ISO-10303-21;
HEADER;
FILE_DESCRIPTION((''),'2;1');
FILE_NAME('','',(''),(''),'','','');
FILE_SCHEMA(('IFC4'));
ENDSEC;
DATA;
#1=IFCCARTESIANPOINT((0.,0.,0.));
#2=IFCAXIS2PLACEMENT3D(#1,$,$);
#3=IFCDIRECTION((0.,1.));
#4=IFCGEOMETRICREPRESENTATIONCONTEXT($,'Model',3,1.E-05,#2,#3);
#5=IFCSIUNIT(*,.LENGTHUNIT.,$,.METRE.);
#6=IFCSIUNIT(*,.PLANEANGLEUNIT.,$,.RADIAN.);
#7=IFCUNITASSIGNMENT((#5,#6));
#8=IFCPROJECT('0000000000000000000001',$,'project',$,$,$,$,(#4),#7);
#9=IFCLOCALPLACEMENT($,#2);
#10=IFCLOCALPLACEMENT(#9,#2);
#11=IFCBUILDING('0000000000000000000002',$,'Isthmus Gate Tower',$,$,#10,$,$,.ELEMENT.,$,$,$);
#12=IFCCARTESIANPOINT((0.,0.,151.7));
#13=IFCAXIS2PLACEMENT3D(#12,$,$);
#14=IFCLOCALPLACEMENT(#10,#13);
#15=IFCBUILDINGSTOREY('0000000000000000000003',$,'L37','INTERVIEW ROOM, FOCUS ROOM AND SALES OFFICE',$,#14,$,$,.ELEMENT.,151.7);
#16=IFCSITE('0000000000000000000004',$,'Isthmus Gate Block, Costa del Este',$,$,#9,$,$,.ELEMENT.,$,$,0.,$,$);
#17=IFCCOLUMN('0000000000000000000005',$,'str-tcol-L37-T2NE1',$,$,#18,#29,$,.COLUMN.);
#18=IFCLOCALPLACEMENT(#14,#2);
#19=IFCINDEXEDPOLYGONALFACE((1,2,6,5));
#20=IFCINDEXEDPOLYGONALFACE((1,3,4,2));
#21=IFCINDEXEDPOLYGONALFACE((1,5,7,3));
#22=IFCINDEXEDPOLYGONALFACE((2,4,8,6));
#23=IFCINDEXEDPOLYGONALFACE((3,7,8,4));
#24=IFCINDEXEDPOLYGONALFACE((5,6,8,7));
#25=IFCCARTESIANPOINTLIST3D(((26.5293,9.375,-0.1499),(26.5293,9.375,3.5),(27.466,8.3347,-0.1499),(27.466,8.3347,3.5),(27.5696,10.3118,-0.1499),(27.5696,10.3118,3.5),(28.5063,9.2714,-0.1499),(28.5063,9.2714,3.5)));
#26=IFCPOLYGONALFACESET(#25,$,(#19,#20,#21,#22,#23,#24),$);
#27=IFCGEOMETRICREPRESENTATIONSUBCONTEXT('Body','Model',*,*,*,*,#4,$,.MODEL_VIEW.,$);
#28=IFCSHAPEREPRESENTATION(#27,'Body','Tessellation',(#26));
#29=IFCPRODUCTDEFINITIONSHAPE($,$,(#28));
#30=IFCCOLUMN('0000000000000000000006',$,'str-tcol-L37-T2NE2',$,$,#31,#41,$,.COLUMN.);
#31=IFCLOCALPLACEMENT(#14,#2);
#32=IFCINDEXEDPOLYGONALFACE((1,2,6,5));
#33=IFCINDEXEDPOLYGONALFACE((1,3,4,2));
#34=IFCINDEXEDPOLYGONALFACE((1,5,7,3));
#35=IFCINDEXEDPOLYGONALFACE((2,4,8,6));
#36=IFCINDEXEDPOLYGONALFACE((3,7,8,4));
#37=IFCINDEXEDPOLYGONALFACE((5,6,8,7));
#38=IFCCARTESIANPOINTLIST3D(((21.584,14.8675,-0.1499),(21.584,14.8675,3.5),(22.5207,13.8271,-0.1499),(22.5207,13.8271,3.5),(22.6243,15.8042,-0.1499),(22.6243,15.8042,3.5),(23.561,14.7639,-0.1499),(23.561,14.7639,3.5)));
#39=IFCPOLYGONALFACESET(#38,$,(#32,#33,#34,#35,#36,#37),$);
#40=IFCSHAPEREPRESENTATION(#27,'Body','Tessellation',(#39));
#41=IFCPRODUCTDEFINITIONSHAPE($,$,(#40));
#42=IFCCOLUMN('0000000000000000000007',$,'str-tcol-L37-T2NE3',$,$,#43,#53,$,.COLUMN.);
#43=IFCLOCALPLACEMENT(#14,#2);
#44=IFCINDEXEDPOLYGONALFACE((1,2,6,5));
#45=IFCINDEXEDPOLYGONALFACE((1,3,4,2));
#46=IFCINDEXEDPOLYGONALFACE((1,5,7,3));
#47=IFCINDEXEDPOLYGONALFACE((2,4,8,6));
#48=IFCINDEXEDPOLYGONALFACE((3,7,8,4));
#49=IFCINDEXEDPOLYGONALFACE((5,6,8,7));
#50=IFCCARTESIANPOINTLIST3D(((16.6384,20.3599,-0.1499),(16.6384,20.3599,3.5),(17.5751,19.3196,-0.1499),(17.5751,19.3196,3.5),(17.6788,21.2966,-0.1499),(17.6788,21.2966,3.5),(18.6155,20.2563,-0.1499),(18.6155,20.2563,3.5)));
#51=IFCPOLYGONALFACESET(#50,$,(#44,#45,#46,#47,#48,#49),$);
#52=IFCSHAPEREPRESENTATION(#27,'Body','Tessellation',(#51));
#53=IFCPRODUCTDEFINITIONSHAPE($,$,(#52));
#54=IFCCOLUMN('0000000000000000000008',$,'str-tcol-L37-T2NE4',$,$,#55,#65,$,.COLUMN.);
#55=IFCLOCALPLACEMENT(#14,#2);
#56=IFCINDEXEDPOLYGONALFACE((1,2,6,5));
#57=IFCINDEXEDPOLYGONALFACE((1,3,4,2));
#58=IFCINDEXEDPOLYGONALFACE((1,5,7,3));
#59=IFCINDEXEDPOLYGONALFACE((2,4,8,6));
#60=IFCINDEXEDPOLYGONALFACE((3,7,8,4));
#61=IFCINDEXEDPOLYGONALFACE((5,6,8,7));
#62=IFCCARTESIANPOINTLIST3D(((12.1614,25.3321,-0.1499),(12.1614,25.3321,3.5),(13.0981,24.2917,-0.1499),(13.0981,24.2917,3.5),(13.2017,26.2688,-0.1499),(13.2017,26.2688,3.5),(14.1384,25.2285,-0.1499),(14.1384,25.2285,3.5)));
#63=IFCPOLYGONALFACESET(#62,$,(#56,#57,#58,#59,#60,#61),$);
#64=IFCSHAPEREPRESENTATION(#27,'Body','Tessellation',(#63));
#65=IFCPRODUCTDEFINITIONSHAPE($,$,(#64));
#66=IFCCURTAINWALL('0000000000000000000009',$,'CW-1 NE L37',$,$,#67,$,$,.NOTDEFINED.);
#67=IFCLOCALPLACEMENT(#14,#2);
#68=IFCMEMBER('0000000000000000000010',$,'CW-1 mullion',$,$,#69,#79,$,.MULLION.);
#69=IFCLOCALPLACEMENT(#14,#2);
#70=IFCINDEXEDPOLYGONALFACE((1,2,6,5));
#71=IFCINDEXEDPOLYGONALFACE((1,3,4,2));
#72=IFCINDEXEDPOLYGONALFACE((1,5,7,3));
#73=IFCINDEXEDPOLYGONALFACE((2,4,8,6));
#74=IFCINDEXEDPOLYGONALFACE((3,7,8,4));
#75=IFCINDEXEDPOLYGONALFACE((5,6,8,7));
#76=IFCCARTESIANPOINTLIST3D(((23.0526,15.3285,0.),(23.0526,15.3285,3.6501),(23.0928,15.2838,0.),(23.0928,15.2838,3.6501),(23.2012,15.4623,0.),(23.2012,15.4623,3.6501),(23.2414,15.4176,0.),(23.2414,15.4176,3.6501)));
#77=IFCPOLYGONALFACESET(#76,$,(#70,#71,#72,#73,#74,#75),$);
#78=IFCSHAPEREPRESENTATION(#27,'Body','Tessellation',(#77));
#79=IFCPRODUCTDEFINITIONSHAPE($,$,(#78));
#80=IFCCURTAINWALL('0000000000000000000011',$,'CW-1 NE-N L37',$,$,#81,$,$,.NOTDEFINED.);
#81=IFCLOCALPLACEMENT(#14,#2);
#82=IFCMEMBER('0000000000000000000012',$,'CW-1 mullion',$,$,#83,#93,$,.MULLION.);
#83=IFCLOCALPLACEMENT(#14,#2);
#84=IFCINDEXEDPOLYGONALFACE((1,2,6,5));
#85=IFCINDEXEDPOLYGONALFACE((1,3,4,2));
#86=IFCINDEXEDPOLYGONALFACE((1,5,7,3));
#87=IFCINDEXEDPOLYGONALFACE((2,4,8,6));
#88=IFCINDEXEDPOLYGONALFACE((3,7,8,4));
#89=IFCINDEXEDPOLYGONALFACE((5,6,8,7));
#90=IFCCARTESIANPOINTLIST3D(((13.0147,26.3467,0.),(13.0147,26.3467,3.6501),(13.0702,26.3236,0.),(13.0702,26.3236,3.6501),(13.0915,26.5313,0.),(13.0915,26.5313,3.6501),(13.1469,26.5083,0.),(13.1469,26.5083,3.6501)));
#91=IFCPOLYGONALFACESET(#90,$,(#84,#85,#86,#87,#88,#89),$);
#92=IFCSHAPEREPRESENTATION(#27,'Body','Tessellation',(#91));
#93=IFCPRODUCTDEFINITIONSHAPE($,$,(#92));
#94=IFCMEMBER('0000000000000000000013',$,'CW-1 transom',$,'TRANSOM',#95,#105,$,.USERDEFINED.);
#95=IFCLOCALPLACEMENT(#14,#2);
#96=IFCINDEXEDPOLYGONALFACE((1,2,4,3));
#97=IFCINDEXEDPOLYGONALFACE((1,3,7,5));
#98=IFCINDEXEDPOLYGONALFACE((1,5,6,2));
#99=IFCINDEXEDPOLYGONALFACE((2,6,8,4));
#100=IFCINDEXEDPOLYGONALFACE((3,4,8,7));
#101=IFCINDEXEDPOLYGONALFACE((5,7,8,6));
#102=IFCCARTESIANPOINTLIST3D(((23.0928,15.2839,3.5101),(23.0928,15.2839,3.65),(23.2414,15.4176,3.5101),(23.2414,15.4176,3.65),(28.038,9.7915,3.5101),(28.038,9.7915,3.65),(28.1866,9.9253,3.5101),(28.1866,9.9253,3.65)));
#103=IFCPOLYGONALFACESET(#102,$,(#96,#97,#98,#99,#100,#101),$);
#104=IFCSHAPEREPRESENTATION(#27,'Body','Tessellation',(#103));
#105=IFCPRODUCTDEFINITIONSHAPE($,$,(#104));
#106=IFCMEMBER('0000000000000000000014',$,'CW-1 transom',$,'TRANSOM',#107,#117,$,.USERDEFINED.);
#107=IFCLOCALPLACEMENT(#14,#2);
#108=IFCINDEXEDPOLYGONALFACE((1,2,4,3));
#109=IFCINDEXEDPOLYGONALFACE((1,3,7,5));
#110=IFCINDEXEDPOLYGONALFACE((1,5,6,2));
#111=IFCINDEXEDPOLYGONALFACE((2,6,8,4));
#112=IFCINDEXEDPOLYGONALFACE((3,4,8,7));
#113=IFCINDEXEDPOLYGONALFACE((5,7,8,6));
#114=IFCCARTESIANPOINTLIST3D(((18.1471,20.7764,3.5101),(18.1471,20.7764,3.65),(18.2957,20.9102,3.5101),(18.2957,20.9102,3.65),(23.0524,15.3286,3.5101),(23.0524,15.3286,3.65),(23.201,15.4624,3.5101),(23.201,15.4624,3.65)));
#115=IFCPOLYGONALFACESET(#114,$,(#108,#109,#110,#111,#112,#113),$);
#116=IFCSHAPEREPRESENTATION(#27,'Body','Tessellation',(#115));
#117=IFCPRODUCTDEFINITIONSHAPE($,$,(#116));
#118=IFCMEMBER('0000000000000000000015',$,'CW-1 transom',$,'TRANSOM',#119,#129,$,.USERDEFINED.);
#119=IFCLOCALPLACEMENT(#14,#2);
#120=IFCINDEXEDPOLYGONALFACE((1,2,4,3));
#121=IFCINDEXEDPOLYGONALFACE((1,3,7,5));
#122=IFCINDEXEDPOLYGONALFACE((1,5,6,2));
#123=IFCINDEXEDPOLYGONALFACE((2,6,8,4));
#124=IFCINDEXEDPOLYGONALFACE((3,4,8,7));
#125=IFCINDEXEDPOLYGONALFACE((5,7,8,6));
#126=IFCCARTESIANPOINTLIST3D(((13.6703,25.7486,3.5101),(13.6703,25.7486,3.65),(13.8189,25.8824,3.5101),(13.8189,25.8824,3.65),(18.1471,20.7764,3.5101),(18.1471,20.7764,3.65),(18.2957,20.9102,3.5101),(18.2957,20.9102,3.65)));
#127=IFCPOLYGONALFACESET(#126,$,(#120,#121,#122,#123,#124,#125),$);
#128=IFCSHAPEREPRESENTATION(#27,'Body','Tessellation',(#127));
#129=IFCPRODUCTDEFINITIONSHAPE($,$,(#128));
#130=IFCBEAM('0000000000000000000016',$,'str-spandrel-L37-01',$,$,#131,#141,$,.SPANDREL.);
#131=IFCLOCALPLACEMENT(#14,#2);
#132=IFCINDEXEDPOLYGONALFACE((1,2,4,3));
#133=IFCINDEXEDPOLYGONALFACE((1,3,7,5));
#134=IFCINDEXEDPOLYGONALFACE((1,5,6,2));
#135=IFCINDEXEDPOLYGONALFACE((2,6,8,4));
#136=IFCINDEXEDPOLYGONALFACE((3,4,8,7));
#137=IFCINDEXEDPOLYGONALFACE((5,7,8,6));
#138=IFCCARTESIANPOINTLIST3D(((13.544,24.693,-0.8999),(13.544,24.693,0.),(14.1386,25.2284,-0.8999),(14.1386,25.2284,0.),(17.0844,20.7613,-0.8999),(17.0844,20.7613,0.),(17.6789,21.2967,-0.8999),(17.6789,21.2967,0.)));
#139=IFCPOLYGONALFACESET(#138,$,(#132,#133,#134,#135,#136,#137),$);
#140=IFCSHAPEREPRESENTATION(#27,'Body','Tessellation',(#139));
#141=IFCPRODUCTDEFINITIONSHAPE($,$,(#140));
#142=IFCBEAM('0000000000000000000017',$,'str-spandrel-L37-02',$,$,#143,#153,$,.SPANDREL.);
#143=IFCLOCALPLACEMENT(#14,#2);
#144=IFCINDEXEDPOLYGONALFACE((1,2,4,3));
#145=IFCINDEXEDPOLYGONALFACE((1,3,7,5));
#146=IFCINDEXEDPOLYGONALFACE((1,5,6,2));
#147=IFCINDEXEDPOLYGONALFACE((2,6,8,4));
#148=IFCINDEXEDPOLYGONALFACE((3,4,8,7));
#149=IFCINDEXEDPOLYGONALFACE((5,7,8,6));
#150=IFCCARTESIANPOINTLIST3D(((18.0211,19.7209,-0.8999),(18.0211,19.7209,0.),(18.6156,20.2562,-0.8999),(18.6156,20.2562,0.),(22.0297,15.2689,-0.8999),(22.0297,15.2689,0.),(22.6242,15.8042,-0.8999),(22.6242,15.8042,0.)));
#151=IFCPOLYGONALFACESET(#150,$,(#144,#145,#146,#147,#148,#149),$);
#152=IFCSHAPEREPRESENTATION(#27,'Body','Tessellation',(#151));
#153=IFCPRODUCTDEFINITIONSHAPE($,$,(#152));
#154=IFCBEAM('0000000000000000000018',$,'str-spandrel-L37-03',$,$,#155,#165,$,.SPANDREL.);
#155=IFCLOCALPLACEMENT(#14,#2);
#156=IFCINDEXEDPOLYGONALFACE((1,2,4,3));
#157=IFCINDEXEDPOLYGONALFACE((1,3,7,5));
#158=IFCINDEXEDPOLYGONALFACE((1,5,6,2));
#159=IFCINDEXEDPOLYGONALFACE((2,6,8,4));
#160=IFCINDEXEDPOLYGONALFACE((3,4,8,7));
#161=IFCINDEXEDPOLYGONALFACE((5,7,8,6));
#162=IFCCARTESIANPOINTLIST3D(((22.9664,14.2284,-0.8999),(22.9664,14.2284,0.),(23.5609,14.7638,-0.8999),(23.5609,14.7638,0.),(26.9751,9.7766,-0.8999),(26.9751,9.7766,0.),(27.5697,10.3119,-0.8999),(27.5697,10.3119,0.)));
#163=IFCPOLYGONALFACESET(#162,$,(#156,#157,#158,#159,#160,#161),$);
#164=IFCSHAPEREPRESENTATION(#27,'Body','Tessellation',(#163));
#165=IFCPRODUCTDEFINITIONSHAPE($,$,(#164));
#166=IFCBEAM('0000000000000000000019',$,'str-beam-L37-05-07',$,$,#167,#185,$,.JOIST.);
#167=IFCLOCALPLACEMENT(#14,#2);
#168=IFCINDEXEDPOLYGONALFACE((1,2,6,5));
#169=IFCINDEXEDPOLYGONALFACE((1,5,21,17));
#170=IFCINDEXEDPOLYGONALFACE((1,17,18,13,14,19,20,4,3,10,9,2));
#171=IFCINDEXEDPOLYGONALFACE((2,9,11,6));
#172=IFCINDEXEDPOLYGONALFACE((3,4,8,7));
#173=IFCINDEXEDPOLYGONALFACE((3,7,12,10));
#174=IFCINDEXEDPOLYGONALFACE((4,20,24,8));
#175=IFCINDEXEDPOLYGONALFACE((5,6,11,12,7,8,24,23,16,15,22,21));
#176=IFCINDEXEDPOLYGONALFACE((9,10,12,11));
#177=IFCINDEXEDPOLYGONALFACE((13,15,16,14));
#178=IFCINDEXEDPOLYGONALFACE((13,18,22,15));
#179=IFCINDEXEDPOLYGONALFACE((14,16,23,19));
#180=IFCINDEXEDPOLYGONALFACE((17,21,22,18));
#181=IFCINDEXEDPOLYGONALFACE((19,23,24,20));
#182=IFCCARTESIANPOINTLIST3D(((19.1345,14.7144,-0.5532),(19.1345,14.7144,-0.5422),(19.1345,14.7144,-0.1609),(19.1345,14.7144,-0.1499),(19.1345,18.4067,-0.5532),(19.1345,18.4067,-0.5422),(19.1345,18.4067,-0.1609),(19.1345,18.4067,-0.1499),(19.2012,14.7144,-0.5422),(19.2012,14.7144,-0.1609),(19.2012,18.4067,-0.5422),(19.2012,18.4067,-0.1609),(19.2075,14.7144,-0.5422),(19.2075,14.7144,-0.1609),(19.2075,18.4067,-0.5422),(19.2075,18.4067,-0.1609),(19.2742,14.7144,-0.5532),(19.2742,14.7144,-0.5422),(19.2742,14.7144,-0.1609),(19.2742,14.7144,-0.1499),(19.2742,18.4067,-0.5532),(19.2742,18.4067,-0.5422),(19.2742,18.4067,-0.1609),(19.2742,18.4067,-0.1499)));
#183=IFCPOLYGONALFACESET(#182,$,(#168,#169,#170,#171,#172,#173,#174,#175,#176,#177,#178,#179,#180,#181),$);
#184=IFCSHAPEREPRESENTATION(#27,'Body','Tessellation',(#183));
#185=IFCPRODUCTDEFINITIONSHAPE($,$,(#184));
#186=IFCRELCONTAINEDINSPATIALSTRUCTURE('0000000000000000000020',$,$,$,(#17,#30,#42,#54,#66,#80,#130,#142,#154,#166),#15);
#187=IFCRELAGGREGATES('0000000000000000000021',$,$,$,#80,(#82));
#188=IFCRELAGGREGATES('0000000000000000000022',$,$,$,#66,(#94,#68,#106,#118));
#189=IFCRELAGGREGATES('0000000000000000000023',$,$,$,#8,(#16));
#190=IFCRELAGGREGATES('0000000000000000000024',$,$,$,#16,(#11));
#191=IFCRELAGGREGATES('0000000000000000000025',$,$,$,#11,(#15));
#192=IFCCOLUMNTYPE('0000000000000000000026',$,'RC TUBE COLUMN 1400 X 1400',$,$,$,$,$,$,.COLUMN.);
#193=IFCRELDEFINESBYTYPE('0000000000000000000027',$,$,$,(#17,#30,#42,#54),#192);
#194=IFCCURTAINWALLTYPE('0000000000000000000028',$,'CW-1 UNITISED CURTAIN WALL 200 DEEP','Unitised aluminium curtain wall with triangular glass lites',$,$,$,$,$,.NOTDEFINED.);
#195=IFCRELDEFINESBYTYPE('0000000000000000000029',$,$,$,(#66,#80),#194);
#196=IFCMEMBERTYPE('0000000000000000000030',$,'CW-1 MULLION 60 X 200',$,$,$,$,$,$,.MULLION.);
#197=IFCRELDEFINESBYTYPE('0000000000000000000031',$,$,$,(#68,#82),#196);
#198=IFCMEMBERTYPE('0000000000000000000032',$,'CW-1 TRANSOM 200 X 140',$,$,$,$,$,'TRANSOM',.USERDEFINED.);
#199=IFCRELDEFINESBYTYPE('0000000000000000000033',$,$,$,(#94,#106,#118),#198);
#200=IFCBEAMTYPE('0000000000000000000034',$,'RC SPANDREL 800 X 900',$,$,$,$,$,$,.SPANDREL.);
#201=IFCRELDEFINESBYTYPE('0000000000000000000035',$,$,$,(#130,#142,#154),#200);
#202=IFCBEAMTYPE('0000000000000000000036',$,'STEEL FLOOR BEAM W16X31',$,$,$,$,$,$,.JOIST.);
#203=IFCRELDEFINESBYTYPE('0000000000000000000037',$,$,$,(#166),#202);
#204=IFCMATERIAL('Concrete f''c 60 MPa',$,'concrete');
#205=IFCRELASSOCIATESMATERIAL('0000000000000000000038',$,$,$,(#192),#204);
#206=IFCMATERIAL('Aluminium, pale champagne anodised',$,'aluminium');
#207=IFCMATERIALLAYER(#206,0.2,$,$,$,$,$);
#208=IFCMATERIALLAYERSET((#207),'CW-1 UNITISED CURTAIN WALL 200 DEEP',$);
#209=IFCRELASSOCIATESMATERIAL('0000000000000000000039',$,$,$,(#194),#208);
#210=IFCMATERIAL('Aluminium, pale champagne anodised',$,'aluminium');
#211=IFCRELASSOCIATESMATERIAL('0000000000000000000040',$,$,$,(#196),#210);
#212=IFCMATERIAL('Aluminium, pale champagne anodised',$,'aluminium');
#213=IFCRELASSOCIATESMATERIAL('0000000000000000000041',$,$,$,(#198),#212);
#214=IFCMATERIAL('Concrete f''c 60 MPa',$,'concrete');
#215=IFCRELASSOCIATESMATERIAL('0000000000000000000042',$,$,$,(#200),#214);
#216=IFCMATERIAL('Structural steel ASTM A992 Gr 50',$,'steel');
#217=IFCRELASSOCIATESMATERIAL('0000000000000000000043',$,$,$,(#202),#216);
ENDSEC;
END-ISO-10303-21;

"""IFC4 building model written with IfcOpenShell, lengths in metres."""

from ifc_helpers import new_model, si_unit, direction, frame, origin, origin_2d, place, context, subcontext, project, spatial, rectangle, i_section, extrude, material, layer, layer_set, material_profile, profile_set, type_object, element, aggregate, save


model = new_model("IFC4")

# Units and contexts
model_context = context("Model", 3, precision=1e-05, world=origin(), true_north=direction((0.0, 1.0)))
body_context = subcontext(model_context, "Body", "Model", "MODEL_VIEW")
ifc_project = project(units=[si_unit("LENGTHUNIT", "METRE"), si_unit("PLANEANGLEUNIT", "RADIAN")], contexts=[model_context])

# Site, building, storey
site_placement = place(None, origin())
site = spatial("IfcSite", under=ifc_project, at=site_placement, Name="Isthmus Gate Block, Costa del Este", CompositionType="ELEMENT", RefElevation=0.0)
building_placement = place(site_placement, origin())
building = spatial("IfcBuilding", under=site, at=building_placement, Name="Isthmus Gate Tower", CompositionType="ELEMENT")
storey_placement = place(building_placement, frame((0.0, 0.0, 151.7)))
storey = spatial("IfcBuildingStorey", under=building, at=storey_placement, Name="L37", Description="INTERVIEW ROOM, FOCUS ROOM AND SALES OFFICE", CompositionType="ELEMENT", Elevation=151.7)

# Columns
ifc_material_1 = material(Name="Concrete f'c 60 MPa", Category="concrete")
ifc_material_profile_1 = material_profile(ifc_material_1, rectangle(XDim=1.3999, YDim=1.3999, at=origin_2d()), Name="RC 1400X1400")
ifc_profile_set_1 = profile_set([ifc_material_profile_1], Name="Concrete f'c 60 MPa")
column_type = type_object("IfcColumnType", Name="RC TUBE COLUMN 1400 X 1400", PredefinedType="COLUMN", material=ifc_profile_set_1)
for number, where, z_axis, x_axis, name in (
    (1, (27.5178, 9.3232, -0.1499), (0.0, 0.0, 1.0), (-0.669131, 0.743145, 0.0), "str-tcol-L37-T2NE1"),
    (2, (22.5725, 14.8157, -0.1499), (0.0, 0.0, 1.0), (-0.669131, 0.743145, 0.0), "str-tcol-L37-T2NE2"),
    (3, (17.627, 20.3081, -0.1499), (0.0, 0.0, 1.0), (-0.669131, 0.743145, 0.0), "str-tcol-L37-T2NE3"),
    (4, (13.1499, 25.2803, -0.1499), (0.0, 0.0, 1.0), (-0.669131, 0.743145, 0.0), "str-tcol-L37-T2NE4"),
):
    element("IfcColumn", number, at=place(storey_placement, frame(where, z_axis=z_axis, x_axis=x_axis)), inside=storey, type_object=column_type, Name=name, PredefinedType="COLUMN", context=body_context, shape_type="SweptSolid", body=[
        extrude(rectangle(XDim=1.3999, YDim=1.3999, at=origin_2d()), origin(), (0.0, 0.0, 1.0), 3.6499),
    ])

# Curtain walls, members
ifc_material_2 = material(Name="Aluminium, pale champagne anodised", Category="aluminium")
ifc_layer_1 = layer(ifc_material_2, 0.2)
ifc_layer_set_1 = layer_set([ifc_layer_1], Name="CW-1 UNITISED CURTAIN WALL 200 DEEP")
curtain_wall_type = type_object("IfcCurtainWallType", Name="CW-1 UNITISED CURTAIN WALL 200 DEEP", Description="Unitised aluminium curtain wall with triangular glass lites", PredefinedType="NOTDEFINED", material=ifc_layer_set_1)
curtain_wall_1_placement = place(storey_placement, origin())
curtain_wall_1 = element("IfcCurtainWall", 5, at=curtain_wall_1_placement, inside=storey, type_object=curtain_wall_type, Name="CW-1 NE L37", PredefinedType="NOTDEFINED")
ifc_material_3 = material(Name="Aluminium, pale champagne anodised", Category="aluminium")
ifc_material_profile_2 = material_profile(ifc_material_3, rectangle(XDim=0.0601, YDim=0.2, at=origin_2d()), Name="60x200")
ifc_profile_set_2 = profile_set([ifc_material_profile_2], Name="Aluminium, pale champagne anodised")
member_type_1 = type_object("IfcMemberType", Name="CW-1 MULLION 60 X 200", PredefinedType="MULLION", material=ifc_profile_set_2)
member_1_placement = place(storey_placement, frame((23.147, 15.373, 0.0), z_axis=(0.0, 0.0, 1.0), x_axis=(-0.669131, 0.743145, 0.0)))
member_1 = element("IfcMember", 6, at=member_1_placement, type_object=member_type_1, Name="CW-1 mullion", PredefinedType="MULLION", context=body_context, shape_type="SweptSolid", body=[
    extrude(rectangle(XDim=0.0601, YDim=0.2, at=origin_2d()), origin(), (0.0, 0.0, 1.0), 3.6501),
])
curtain_wall_2_placement = place(storey_placement, origin())
curtain_wall_2 = element("IfcCurtainWall", 7, at=curtain_wall_2_placement, inside=storey, type_object=curtain_wall_type, Name="CW-1 NE-N L37", PredefinedType="NOTDEFINED")
member_2_placement = place(storey_placement, frame((13.0808, 26.4275, 0.0), z_axis=(0.0, 0.0, 1.0), x_axis=(-0.923353, 0.383952, 0.0)))
member_2 = element("IfcMember", 8, at=member_2_placement, type_object=member_type_1, Name="CW-1 mullion", PredefinedType="MULLION", context=body_context, shape_type="SweptSolid", body=[
    extrude(rectangle(XDim=0.0601, YDim=0.2, at=origin_2d()), origin(), (0.0, 0.0, 1.0), 3.6501),
])
aggregate(curtain_wall_2, [member_2])

# Members
ifc_material_4 = material(Name="Aluminium, pale champagne anodised", Category="aluminium")
ifc_material_profile_3 = material_profile(ifc_material_4, rectangle(XDim=0.2, YDim=0.1399, at=origin_2d()), Name="200x140")
ifc_profile_set_3 = profile_set([ifc_material_profile_3], Name="Aluminium, pale champagne anodised")
member_type_2 = type_object("IfcMemberType", Name="CW-1 TRANSOM 200 X 140", ElementType="TRANSOM", PredefinedType="USERDEFINED", material=ifc_profile_set_3)
member_3_placement = place(storey_placement, frame((28.1123, 9.8584, 3.5801), z_axis=(-0.669123, 0.743151, 0.0), x_axis=(-0.743151, -0.669123, 0.0)))
member_3 = element("IfcMember", 9, at=member_3_placement, type_object=member_type_2, Name="CW-1 transom", ObjectType="TRANSOM", PredefinedType="USERDEFINED", context=body_context, shape_type="SweptSolid", body=[
    extrude(rectangle(XDim=0.2, YDim=0.1399, at=origin_2d()), origin(), (0.0, 0.0, 1.0), 7.3906),
])
member_4_placement = place(storey_placement, frame((23.1267, 15.3955, 3.5801), z_axis=(-0.669138, 0.743138, 0.0), x_axis=(-0.743138, -0.669138, 0.0)))
member_4 = element("IfcMember", 10, at=member_4_placement, type_object=member_type_2, Name="CW-1 transom", ObjectType="TRANSOM", PredefinedType="USERDEFINED", context=body_context, shape_type="SweptSolid", body=[
    extrude(rectangle(XDim=0.2, YDim=0.1399, at=origin_2d()), origin(), (0.0, 0.0, 1.0), 7.3308),
])
member_5_placement = place(storey_placement, frame((18.2214, 20.8433, 3.5801), z_axis=(-0.669118, 0.743156, 0.0), x_axis=(-0.743156, -0.669118, 0.0)))
member_5 = element("IfcMember", 11, at=member_5_placement, type_object=member_type_2, Name="CW-1 transom", ObjectType="TRANSOM", PredefinedType="USERDEFINED", context=body_context, shape_type="SweptSolid", body=[
    extrude(rectangle(XDim=0.2, YDim=0.1399, at=origin_2d()), origin(), (0.0, 0.0, 1.0), 6.6907),
])

# Beams
ifc_material_5 = material(Name="Concrete f'c 60 MPa", Category="concrete")
ifc_material_profile_4 = material_profile(ifc_material_5, rectangle(XDim=0.8, YDim=0.8999, at=origin_2d()), Name="RC 800X900")
ifc_profile_set_4 = profile_set([ifc_material_profile_4], Name="Concrete f'c 60 MPa")
beam_type_1 = type_object("IfcBeamType", Name="RC SPANDREL 800 X 900", PredefinedType="SPANDREL", material=ifc_profile_set_4)
beam_1_placement = place(storey_placement, frame((13.8413, 24.9607, -0.45), z_axis=(0.669153, -0.743124, 0.0), x_axis=(0.743124, 0.669153, 0.0)))
element("IfcBeam", 12, at=beam_1_placement, inside=storey, type_object=beam_type_1, Name="str-spandrel-L37-01", PredefinedType="SPANDREL", context=body_context, shape_type="SweptSolid", body=[
    extrude(rectangle(XDim=0.8, YDim=0.8999, at=origin_2d()), origin(), (0.0, 0.0, 1.0), 5.2908),
])
for number, where, z_axis, x_axis, name in (
    (13, (18.3184, 19.9885, -0.45), (0.669134, -0.743142, 0.0), (0.743142, 0.669134, 0.0), "str-spandrel-L37-02"),
    (14, (23.2637, 14.4961, -0.45), (0.669156, -0.743122, 0.0), (0.743122, 0.669156, 0.0), "str-spandrel-L37-03"),
):
    element("IfcBeam", number, at=place(storey_placement, frame(where, z_axis=z_axis, x_axis=x_axis)), inside=storey, type_object=beam_type_1, Name=name, PredefinedType="SPANDREL", context=body_context, shape_type="SweptSolid", body=[
        extrude(rectangle(XDim=0.8, YDim=0.8999, at=origin_2d()), origin(), (0.0, 0.0, 1.0), 5.9907),
    ])
ifc_material_6 = material(Name="Structural steel ASTM A992 Gr 50", Category="steel")
ifc_material_profile_5 = material_profile(ifc_material_6, i_section(OverallWidth=0.1396, OverallDepth=0.4033, WebThickness=0.0063, FlangeThickness=0.011, at=origin_2d()), Name="W16X31")
ifc_profile_set_5 = profile_set([ifc_material_profile_5], Name="Structural steel ASTM A992 Gr 50")
beam_type_2 = type_object("IfcBeamType", Name="STEEL FLOOR BEAM W16X31", PredefinedType="JOIST", material=ifc_profile_set_5)
beam_2_placement = place(storey_placement, frame((19.2043, 14.7144, -0.3516), z_axis=(0.0, 1.0, 0.0), x_axis=(-1.0, 0.0, 0.0)))
element("IfcBeam", 15, at=beam_2_placement, inside=storey, type_object=beam_type_2, Name="str-beam-L37-05-07", PredefinedType="JOIST", context=body_context, shape_type="SweptSolid", body=[
    extrude(i_section(OverallWidth=0.1396, OverallDepth=0.4033, WebThickness=0.0063, FlangeThickness=0.011, at=origin_2d()), origin(), (0.0, 0.0, 1.0), 3.6924),
])

aggregate(curtain_wall_1, [member_3, member_1, member_4, member_5])

save(model, "model.ifc")
